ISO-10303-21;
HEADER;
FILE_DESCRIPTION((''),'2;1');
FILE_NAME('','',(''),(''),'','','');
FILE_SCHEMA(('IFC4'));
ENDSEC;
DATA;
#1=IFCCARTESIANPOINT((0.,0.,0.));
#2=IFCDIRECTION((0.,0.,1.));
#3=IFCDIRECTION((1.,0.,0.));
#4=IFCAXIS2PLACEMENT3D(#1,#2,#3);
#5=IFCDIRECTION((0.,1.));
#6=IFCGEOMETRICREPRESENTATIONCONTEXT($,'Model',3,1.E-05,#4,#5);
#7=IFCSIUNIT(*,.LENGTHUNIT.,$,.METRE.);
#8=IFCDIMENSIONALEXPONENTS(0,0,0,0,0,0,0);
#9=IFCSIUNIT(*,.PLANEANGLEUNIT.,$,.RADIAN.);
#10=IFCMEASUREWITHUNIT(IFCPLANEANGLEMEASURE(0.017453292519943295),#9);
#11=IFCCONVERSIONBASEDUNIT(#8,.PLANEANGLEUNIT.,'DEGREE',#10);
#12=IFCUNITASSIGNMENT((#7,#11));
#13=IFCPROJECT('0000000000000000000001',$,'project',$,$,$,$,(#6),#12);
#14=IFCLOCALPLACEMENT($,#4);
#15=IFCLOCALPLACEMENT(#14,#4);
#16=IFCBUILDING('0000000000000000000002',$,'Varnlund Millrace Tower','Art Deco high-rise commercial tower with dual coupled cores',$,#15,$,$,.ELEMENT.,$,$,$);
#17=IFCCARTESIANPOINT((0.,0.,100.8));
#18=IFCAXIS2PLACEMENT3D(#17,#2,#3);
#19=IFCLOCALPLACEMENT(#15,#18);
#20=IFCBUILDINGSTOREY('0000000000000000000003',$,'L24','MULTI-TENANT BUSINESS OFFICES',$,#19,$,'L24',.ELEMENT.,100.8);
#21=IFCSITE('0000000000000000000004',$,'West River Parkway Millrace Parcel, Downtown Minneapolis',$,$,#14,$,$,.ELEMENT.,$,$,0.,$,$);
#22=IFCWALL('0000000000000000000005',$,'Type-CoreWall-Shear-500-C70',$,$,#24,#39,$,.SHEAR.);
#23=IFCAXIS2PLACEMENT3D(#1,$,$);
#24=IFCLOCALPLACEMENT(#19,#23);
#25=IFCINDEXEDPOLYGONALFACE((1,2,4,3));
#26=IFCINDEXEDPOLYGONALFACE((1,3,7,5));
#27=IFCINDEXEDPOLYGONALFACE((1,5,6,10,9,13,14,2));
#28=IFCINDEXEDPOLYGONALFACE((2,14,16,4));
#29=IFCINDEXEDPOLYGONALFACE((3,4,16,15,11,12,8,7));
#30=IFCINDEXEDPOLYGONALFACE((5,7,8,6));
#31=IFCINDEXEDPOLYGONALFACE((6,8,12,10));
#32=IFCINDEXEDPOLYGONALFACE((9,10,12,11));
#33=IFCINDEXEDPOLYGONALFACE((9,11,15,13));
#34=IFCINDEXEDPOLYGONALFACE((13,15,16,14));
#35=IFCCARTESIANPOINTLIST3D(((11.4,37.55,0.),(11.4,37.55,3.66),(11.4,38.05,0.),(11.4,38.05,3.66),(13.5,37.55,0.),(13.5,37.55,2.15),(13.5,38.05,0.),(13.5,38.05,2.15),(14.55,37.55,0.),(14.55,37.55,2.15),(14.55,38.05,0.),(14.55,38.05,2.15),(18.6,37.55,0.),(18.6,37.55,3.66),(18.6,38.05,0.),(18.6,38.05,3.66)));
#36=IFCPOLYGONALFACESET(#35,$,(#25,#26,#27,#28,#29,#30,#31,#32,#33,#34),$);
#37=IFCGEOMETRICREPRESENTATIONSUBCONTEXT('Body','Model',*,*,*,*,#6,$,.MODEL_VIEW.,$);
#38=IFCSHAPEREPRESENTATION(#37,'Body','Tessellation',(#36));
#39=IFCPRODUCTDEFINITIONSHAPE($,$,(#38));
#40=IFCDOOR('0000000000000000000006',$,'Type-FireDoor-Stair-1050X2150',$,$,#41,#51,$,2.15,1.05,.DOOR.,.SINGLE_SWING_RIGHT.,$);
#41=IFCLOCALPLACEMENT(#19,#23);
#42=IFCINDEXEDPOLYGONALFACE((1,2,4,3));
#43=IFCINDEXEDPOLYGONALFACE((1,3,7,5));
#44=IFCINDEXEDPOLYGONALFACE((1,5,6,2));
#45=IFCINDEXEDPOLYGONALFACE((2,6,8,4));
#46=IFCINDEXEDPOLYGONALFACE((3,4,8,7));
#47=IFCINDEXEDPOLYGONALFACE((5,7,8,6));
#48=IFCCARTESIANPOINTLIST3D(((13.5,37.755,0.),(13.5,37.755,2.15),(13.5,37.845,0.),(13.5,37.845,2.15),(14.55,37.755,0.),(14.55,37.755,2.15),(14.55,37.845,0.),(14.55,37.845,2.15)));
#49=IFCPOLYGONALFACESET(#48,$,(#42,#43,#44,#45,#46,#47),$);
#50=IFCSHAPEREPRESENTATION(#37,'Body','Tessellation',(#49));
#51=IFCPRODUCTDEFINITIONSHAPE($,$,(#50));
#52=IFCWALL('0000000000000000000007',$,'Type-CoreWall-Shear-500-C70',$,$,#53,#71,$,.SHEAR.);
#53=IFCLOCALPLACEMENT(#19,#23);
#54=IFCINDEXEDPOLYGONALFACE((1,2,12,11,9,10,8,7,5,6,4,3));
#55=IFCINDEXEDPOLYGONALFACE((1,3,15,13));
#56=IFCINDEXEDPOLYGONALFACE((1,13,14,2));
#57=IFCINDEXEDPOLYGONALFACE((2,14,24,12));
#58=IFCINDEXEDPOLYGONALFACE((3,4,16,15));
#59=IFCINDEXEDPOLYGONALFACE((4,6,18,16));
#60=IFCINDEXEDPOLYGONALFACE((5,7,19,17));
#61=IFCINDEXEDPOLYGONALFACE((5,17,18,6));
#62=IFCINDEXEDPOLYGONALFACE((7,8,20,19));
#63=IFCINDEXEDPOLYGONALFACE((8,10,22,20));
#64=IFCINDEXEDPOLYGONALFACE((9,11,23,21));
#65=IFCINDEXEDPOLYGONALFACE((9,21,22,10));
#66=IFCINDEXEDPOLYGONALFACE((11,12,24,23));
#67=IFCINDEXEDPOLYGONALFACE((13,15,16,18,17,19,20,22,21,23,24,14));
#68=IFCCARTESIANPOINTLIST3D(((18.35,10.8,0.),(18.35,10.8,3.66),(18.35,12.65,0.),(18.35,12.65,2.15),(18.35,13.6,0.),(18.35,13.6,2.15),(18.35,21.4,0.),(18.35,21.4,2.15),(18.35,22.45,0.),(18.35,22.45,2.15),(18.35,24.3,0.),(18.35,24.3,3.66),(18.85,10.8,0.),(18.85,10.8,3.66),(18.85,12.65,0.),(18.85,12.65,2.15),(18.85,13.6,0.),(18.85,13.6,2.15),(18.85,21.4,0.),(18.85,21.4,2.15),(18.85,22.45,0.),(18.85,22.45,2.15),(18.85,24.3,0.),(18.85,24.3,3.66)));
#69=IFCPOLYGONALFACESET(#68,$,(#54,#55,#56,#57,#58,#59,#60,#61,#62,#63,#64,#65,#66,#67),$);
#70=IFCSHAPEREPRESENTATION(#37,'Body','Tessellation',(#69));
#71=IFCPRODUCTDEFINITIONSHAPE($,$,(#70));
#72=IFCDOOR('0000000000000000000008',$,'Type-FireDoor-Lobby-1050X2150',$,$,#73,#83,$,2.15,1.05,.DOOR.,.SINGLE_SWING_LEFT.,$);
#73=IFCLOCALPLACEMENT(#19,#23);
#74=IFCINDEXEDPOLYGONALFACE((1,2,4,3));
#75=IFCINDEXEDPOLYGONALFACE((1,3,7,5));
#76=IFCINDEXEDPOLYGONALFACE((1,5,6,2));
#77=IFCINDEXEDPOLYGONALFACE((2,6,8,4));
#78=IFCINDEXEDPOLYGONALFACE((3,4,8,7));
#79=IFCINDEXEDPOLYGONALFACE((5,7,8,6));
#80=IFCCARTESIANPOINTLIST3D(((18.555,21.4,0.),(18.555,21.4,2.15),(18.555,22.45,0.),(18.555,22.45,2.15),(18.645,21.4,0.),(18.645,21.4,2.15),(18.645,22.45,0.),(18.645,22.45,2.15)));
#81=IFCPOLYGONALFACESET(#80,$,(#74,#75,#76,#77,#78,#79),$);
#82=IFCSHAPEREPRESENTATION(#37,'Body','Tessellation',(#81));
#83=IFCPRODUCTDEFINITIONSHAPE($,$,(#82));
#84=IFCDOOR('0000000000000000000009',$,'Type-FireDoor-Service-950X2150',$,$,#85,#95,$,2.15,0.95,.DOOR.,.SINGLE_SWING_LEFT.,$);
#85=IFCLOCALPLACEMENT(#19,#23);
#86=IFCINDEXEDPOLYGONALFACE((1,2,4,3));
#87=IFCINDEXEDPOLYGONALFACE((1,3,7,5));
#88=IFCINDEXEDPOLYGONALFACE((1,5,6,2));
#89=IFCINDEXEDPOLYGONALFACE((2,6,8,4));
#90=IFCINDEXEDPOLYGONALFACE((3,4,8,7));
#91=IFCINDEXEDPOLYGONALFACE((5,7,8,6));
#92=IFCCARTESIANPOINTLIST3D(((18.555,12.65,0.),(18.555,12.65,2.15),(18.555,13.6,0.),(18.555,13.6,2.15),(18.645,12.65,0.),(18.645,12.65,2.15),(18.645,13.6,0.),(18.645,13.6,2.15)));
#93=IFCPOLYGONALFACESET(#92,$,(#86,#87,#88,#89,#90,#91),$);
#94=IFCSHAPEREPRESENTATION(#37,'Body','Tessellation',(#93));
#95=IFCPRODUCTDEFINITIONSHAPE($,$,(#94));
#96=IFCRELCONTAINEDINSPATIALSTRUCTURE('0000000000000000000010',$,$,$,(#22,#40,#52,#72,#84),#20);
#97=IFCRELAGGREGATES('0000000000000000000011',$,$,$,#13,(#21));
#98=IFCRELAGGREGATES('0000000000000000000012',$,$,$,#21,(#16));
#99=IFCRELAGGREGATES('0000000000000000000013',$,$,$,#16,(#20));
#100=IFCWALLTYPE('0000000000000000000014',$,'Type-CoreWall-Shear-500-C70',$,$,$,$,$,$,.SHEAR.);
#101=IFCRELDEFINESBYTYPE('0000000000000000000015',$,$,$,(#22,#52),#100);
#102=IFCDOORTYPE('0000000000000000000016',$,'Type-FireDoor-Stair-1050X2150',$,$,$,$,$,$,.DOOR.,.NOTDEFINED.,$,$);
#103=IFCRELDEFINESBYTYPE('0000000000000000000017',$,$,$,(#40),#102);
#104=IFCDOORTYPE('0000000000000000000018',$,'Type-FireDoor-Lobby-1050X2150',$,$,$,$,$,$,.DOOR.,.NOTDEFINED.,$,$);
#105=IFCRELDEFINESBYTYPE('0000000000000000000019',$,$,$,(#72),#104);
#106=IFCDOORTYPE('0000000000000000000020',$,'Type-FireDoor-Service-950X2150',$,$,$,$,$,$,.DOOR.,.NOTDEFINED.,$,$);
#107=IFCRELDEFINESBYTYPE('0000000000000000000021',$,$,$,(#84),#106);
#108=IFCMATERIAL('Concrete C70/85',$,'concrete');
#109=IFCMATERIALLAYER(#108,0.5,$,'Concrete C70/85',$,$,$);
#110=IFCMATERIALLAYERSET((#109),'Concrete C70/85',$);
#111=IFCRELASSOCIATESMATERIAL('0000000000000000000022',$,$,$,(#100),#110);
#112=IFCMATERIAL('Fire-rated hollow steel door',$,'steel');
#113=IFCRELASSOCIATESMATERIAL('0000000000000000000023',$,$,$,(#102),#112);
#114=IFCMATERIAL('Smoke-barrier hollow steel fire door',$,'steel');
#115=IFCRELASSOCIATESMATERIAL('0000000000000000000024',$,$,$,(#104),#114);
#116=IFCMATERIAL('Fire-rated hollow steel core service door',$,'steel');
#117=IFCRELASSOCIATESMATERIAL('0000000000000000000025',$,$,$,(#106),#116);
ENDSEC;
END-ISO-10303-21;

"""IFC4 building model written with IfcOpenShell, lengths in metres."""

from ifc_helpers import new_model, entity, si_unit, converted_unit, direction, frame, origin_with_axes, origin_2d_with_axis, place, context, subcontext, project, spatial, polyline, rectangle, outline, extrude, material, layer, layer_set, type_object, element, fill, save


model = new_model("IFC4")

# Units and contexts
model_context = context("Model", 3, precision=1e-05, world=origin_with_axes(), true_north=direction((0.0, 1.0)))
body_context = subcontext(model_context, "Body", "Model", "MODEL_VIEW")
ifc_project = project(units=[si_unit("LENGTHUNIT", "METRE"), converted_unit("PLANEANGLEUNIT", "DEGREE", entity("IfcPlaneAngleMeasure", 0.017453292519943295), si_unit("PLANEANGLEUNIT", "RADIAN"), dimensions=[0, 0, 0, 0, 0, 0, 0])], contexts=[model_context])

# Site, building, storey
site_placement = place(None, origin_with_axes())
site = spatial("IfcSite", under=ifc_project, at=site_placement, Name="West River Parkway Millrace Parcel, Downtown Minneapolis", CompositionType="ELEMENT", RefElevation=0.0)
building_placement = place(site_placement, origin_with_axes())
building = spatial("IfcBuilding", under=site, at=building_placement, Name="Varnlund Millrace Tower", Description="Art Deco high-rise commercial tower with dual coupled cores", CompositionType="ELEMENT")
storey_placement = place(building_placement, frame((0.0, 0.0, 100.8), z_axis=(0.0, 0.0, 1.0), x_axis=(1.0, 0.0, 0.0)))
storey = spatial("IfcBuildingStorey", under=building, at=storey_placement, Name="L24", Description="MULTI-TENANT BUSINESS OFFICES", LongName="L24", CompositionType="ELEMENT", Elevation=100.8)

# Shared definitions
ifc_material_1 = material(Name="Concrete C70/85", Category="concrete")
ifc_layer_1 = layer(ifc_material_1, 0.5, Name="Concrete C70/85")
ifc_layer_set_1 = layer_set([ifc_layer_1], Name="Concrete C70/85")
wall_type = type_object("IfcWallType", Name="Type-CoreWall-Shear-500-C70", PredefinedType="SHEAR", material=ifc_layer_set_1)

# Wall, opening, door
ifc_material_2 = material(Name="Fire-rated hollow steel door", Category="steel")
door_type_1 = type_object("IfcDoorType", Name="Type-FireDoor-Stair-1050X2150", OperationType="NOTDEFINED", PredefinedType="DOOR", material=ifc_material_2)
wall_1_placement = place(storey_placement, frame((11.4, 37.8, 0.0), z_axis=(0.0, 0.0, 1.0), x_axis=(1.0, 0.0, 0.0)))
wall_1 = element("IfcWall", 1, at=wall_1_placement, inside=storey, type_object=wall_type, Name="Type-CoreWall-Shear-500-C70", PredefinedType="SHEAR", context=body_context, shape_type="SweptSolid", body=[
    extrude(outline(polyline([(0.0, -0.25), (7.2, -0.25), (7.2, 0.25), (0.0, 0.25), (0.0, -0.25)])), origin_with_axes(), (0.0, 0.0, 1.0), 3.66),
])
opening_1_placement = place(wall_1_placement, frame((2.625, 0.0, 0.0), z_axis=(0.0, 0.0, 1.0), x_axis=(1.0, 0.0, 0.0)))
opening_1 = element("IfcOpeningElement", 2, at=opening_1_placement, cuts=wall_1, PredefinedType="OPENING", context=body_context, shape_type="SweptSolid", body=[
    extrude(rectangle(XDim=1.05, YDim=0.52, at=origin_2d_with_axis()), origin_with_axes(), (0.0, 0.0, 1.0), 2.15),
])
door_1_placement = place(wall_1_placement, frame((2.625, 0.0, 0.0), z_axis=(0.0, 0.0, 1.0), x_axis=(1.0, 0.0, 0.0)))
door_1 = element("IfcDoor", 3, at=door_1_placement, inside=storey, type_object=door_type_1, Name="Type-FireDoor-Stair-1050X2150", OperationType="SINGLE_SWING_RIGHT", OverallHeight=2.15, OverallWidth=1.05, PredefinedType="DOOR", context=body_context, shape_type="SweptSolid", body=[
    extrude(rectangle(XDim=1.05, YDim=0.09, at=origin_2d_with_axis()), origin_with_axes(), (0.0, 0.0, 1.0), 2.15),
])
fill(opening_1, door_1)

# Wall, openings, doors
wall_2_placement = place(storey_placement, frame((18.6, 10.8, 0.0), z_axis=(0.0, 0.0, 1.0), x_axis=(0.0, 1.0, 0.0)))
wall_2 = element("IfcWall", 4, at=wall_2_placement, inside=storey, type_object=wall_type, Name="Type-CoreWall-Shear-500-C70", PredefinedType="SHEAR", context=body_context, shape_type="SweptSolid", body=[
    extrude(outline(polyline([(0.0, -0.25), (13.5, -0.25), (13.5, 0.25), (0.0, 0.25), (0.0, -0.25)])), origin_with_axes(), (0.0, 0.0, 1.0), 3.66),
])
opening_2_placement = place(wall_2_placement, frame((11.125, 0.0, 0.0), z_axis=(0.0, 0.0, 1.0), x_axis=(1.0, 0.0, 0.0)))
opening_2 = element("IfcOpeningElement", 5, at=opening_2_placement, cuts=wall_2, PredefinedType="OPENING", context=body_context, shape_type="SweptSolid", body=[
    extrude(rectangle(XDim=1.05, YDim=0.52, at=origin_2d_with_axis()), origin_with_axes(), (0.0, 0.0, 1.0), 2.15),
])
opening_3_placement = place(wall_2_placement, frame((2.325, 0.0, 0.0), z_axis=(0.0, 0.0, 1.0), x_axis=(1.0, 0.0, 0.0)))
opening_3 = element("IfcOpeningElement", 6, at=opening_3_placement, cuts=wall_2, PredefinedType="OPENING", context=body_context, shape_type="SweptSolid", body=[
    extrude(rectangle(XDim=0.95, YDim=0.52, at=origin_2d_with_axis()), origin_with_axes(), (0.0, 0.0, 1.0), 2.15),
])
ifc_material_3 = material(Name="Smoke-barrier hollow steel fire door", Category="steel")
door_type_2 = type_object("IfcDoorType", Name="Type-FireDoor-Lobby-1050X2150", OperationType="NOTDEFINED", PredefinedType="DOOR", material=ifc_material_3)
door_2_placement = place(wall_2_placement, frame((11.125, 0.0, 0.0), z_axis=(0.0, 0.0, 1.0), x_axis=(1.0, 0.0, 0.0)))
door_2 = element("IfcDoor", 7, at=door_2_placement, inside=storey, type_object=door_type_2, Name="Type-FireDoor-Lobby-1050X2150", OperationType="SINGLE_SWING_LEFT", OverallHeight=2.15, OverallWidth=1.05, PredefinedType="DOOR", context=body_context, shape_type="SweptSolid", body=[
    extrude(rectangle(XDim=1.05, YDim=0.09, at=origin_2d_with_axis()), origin_with_axes(), (0.0, 0.0, 1.0), 2.15),
])
fill(opening_2, door_2)
ifc_material_4 = material(Name="Fire-rated hollow steel core service door", Category="steel")
door_type_3 = type_object("IfcDoorType", Name="Type-FireDoor-Service-950X2150", OperationType="NOTDEFINED", PredefinedType="DOOR", material=ifc_material_4)
door_3_placement = place(wall_2_placement, frame((2.325, 0.0, 0.0), z_axis=(0.0, 0.0, 1.0), x_axis=(1.0, 0.0, 0.0)))
door_3 = element("IfcDoor", 8, at=door_3_placement, inside=storey, type_object=door_type_3, Name="Type-FireDoor-Service-950X2150", OperationType="SINGLE_SWING_LEFT", OverallHeight=2.15, OverallWidth=0.95, PredefinedType="DOOR", context=body_context, shape_type="SweptSolid", body=[
    extrude(rectangle(XDim=0.95, YDim=0.09, at=origin_2d_with_axis()), origin_with_axes(), (0.0, 0.0, 1.0), 2.15),
])
fill(opening_3, door_3)

save(model, "model.ifc")
